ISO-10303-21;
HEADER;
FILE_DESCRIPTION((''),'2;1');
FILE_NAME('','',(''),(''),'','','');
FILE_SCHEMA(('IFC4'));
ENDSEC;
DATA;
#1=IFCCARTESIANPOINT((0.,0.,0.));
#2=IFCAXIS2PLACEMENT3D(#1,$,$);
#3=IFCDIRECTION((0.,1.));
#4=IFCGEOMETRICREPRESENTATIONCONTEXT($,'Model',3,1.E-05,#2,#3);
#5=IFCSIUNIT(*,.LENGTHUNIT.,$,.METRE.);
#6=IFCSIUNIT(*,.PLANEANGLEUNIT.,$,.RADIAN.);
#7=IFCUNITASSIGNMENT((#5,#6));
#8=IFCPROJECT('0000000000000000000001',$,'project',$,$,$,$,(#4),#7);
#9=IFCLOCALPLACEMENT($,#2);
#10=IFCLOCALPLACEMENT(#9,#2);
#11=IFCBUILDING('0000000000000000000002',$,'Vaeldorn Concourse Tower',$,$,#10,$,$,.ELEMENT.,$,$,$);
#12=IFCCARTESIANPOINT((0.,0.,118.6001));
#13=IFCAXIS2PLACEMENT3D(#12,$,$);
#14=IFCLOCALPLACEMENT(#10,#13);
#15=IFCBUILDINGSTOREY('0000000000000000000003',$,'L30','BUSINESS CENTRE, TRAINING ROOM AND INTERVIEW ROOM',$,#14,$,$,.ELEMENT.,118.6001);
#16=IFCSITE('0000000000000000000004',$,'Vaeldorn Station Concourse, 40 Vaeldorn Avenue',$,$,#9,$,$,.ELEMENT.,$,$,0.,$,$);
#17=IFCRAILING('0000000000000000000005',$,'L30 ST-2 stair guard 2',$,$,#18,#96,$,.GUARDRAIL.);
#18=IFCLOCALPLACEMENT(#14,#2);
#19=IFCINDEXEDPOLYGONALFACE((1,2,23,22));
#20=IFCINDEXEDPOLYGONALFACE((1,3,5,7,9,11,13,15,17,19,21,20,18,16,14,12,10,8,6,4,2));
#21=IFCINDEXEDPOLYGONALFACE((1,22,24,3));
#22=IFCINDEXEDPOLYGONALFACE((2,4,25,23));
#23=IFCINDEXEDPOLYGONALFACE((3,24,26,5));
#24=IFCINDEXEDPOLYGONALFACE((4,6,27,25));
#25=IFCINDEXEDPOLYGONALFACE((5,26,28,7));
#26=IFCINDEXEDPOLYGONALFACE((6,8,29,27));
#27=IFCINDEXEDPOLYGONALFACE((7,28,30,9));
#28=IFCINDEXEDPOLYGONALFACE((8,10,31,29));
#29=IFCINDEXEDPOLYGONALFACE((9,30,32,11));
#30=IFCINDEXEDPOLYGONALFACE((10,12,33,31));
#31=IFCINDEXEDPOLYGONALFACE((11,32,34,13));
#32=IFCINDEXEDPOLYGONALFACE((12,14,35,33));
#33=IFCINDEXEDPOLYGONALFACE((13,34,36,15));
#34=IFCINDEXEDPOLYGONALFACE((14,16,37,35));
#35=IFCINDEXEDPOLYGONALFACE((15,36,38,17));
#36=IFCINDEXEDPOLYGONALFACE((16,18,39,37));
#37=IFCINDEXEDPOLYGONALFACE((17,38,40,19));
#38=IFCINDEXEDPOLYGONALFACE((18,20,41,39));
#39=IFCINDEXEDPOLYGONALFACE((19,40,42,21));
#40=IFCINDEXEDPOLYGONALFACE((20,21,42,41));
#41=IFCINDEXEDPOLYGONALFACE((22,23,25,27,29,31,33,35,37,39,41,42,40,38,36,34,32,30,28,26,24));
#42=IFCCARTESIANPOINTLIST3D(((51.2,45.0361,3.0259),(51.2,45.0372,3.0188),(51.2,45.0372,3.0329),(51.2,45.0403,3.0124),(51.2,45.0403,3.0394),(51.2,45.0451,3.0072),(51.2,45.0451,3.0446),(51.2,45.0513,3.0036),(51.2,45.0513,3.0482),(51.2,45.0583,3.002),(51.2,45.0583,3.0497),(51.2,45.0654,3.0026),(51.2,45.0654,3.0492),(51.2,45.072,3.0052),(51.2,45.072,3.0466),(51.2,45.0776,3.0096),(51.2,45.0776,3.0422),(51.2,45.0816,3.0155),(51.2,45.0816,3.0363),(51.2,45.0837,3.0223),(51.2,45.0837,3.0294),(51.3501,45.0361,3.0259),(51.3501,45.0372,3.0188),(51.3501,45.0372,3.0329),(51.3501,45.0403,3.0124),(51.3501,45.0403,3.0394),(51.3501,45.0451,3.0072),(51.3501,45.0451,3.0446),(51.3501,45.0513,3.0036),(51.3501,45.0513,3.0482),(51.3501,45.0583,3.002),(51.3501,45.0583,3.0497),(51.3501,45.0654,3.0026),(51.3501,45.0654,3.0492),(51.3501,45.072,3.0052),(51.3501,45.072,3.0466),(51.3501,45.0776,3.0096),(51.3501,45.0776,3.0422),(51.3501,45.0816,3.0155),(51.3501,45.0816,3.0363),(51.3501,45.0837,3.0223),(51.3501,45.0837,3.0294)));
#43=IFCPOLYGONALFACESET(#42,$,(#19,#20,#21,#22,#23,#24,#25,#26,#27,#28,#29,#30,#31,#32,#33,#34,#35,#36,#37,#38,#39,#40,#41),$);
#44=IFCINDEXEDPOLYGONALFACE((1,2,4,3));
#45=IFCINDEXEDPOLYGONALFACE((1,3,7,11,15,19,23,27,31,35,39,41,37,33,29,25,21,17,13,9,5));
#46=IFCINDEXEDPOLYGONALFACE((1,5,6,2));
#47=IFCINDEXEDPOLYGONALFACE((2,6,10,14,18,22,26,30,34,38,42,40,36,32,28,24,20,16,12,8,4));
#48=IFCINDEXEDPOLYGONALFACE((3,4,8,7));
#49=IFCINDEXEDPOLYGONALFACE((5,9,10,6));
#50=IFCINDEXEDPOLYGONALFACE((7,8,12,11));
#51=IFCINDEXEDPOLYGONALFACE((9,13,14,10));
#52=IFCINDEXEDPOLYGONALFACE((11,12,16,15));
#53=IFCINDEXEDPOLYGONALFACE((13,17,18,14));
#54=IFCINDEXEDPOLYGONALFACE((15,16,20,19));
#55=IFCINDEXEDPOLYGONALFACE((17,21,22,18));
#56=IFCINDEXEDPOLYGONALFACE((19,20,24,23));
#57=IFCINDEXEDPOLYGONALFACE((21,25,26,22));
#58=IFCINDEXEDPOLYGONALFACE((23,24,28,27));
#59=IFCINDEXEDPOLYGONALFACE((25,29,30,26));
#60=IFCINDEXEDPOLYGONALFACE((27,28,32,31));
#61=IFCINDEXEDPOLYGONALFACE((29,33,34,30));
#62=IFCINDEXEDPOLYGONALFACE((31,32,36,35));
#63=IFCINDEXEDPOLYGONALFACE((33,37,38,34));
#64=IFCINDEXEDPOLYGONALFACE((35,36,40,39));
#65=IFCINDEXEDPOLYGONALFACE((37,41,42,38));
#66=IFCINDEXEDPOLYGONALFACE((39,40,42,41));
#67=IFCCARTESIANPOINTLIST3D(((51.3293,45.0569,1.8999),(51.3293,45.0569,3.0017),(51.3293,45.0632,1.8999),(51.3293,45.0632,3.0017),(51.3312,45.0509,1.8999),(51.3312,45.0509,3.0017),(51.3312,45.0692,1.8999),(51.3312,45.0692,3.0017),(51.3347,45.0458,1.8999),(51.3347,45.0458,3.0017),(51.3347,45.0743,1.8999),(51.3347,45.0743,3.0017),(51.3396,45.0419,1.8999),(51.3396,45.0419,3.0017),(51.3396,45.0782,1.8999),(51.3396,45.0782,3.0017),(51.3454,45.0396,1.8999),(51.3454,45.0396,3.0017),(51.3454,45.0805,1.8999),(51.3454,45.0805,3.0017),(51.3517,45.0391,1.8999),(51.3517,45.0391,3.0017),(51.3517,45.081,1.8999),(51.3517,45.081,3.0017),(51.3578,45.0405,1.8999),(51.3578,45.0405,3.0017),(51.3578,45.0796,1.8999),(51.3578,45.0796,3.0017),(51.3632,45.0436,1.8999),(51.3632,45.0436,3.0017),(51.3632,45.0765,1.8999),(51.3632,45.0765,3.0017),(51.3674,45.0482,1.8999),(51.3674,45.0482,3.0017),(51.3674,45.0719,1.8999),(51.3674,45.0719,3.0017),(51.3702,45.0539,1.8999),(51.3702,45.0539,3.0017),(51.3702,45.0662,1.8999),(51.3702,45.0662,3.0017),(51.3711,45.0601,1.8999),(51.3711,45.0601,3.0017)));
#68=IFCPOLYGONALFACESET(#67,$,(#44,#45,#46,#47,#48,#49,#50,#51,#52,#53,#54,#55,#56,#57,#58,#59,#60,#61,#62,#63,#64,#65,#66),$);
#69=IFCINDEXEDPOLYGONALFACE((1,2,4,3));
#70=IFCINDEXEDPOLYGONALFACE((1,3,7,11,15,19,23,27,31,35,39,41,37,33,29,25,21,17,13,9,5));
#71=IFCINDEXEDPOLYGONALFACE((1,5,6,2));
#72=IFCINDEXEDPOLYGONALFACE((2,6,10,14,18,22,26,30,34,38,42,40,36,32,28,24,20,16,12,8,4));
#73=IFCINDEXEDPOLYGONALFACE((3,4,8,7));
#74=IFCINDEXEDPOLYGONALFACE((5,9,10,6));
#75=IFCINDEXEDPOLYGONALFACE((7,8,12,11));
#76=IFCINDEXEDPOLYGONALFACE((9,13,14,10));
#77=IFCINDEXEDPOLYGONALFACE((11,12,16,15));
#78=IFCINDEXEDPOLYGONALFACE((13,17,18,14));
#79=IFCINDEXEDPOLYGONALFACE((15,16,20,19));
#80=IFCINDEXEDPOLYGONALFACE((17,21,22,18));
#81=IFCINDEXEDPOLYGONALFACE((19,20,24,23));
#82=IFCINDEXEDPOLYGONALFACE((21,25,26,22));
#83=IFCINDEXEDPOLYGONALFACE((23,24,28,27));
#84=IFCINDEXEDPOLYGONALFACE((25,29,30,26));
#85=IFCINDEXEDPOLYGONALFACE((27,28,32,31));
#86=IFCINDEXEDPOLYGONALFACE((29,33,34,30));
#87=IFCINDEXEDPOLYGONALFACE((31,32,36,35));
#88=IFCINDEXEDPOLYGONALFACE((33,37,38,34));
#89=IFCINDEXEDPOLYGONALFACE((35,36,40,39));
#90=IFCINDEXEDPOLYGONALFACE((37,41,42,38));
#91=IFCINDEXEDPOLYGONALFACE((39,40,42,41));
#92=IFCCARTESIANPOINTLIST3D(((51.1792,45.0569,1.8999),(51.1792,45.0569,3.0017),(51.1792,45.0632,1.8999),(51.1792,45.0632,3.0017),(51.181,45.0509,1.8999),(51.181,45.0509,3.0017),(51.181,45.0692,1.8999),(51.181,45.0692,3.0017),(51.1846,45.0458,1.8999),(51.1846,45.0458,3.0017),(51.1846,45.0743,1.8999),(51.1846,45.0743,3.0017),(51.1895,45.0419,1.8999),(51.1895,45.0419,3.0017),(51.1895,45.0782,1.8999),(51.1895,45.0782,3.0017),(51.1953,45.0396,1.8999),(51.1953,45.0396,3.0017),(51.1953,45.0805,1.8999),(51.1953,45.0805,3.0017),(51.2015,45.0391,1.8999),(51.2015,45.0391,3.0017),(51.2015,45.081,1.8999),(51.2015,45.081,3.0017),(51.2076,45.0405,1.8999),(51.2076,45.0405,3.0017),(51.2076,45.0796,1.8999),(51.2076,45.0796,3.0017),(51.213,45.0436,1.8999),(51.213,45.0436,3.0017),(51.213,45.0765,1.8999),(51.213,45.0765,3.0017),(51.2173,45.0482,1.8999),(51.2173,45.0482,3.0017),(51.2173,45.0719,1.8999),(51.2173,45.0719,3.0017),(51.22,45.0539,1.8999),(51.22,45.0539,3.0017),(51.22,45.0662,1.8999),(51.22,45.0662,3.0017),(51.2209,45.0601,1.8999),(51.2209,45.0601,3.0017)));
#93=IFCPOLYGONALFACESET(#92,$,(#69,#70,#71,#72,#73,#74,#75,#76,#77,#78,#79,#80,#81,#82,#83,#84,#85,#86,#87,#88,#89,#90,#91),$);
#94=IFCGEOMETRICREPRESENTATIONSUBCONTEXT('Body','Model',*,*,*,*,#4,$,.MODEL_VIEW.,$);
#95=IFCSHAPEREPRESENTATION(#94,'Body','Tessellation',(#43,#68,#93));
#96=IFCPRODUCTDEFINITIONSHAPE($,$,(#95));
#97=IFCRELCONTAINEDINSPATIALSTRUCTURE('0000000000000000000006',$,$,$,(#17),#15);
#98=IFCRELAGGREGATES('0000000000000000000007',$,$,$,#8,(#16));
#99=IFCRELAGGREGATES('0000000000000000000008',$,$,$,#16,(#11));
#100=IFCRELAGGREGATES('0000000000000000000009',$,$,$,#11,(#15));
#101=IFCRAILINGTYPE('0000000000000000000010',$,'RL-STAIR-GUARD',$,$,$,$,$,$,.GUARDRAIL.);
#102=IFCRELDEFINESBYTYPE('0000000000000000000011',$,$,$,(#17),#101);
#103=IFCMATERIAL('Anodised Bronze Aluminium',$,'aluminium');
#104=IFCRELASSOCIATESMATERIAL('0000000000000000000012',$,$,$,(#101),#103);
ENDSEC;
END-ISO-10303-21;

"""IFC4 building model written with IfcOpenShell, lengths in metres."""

from ifc_helpers import new_model, si_unit, direction, frame, origin, origin_2d, place, context, subcontext, project, spatial, circle, extrude, material, type_object, element, save


model = new_model("IFC4")

# Units and contexts
model_context = context("Model", 3, precision=1e-05, world=origin(), true_north=direction((0.0, 1.0)))
body_context = subcontext(model_context, "Body", "Model", "MODEL_VIEW")
ifc_project = project(units=[si_unit("LENGTHUNIT", "METRE"), si_unit("PLANEANGLEUNIT", "RADIAN")], contexts=[model_context])

# Site, building, storey
site_placement = place(None, origin())
site = spatial("IfcSite", under=ifc_project, at=site_placement, Name="Vaeldorn Station Concourse, 40 Vaeldorn Avenue", CompositionType="ELEMENT", RefElevation=0.0)
building_placement = place(site_placement, origin())
building = spatial("IfcBuilding", under=site, at=building_placement, Name="Vaeldorn Concourse Tower", CompositionType="ELEMENT")
storey_placement = place(building_placement, frame((0.0, 0.0, 118.6001)))
storey = spatial("IfcBuildingStorey", under=building, at=storey_placement, Name="L30", Description="BUSINESS CENTRE, TRAINING ROOM AND INTERVIEW ROOM", CompositionType="ELEMENT", Elevation=118.6001)

# Shared definitions
ifc_material_1 = material(Name="Anodised Bronze Aluminium", Category="aluminium")

# Railing
railing_type_1 = type_object("IfcRailingType", Name="RL-STAIR-GUARD", PredefinedType="GUARDRAIL", material=ifc_material_1)
railing_1_placement = place(storey_placement, frame((51.3501, 45.0601, 1.8999)))
element("IfcRailing", 1, at=railing_1_placement, inside=storey, type_object=railing_type_1, Name="L30 ST-2 stair guard 2", PredefinedType="GUARDRAIL", context=body_context, shape_type="SweptSolid", body=[
    extrude(circle(Radius=0.0239, at=origin_2d()), frame((0.0, 0.0, 1.126), z_axis=(-1.0, 0.0, 0.0), x_axis=(0.0, -1.0, 0.0)), (0.0, 0.0, 1.0), 0.1501),
    extrude(circle(Radius=0.021, at=origin_2d()), origin(), (0.0, 0.0, 1.0), 1.1018),
    extrude(circle(Radius=0.021, at=origin_2d()), frame((-0.1501, 0.0, 0.0)), (0.0, 0.0, 1.0), 1.1018),
])

save(model, "model.ifc")
